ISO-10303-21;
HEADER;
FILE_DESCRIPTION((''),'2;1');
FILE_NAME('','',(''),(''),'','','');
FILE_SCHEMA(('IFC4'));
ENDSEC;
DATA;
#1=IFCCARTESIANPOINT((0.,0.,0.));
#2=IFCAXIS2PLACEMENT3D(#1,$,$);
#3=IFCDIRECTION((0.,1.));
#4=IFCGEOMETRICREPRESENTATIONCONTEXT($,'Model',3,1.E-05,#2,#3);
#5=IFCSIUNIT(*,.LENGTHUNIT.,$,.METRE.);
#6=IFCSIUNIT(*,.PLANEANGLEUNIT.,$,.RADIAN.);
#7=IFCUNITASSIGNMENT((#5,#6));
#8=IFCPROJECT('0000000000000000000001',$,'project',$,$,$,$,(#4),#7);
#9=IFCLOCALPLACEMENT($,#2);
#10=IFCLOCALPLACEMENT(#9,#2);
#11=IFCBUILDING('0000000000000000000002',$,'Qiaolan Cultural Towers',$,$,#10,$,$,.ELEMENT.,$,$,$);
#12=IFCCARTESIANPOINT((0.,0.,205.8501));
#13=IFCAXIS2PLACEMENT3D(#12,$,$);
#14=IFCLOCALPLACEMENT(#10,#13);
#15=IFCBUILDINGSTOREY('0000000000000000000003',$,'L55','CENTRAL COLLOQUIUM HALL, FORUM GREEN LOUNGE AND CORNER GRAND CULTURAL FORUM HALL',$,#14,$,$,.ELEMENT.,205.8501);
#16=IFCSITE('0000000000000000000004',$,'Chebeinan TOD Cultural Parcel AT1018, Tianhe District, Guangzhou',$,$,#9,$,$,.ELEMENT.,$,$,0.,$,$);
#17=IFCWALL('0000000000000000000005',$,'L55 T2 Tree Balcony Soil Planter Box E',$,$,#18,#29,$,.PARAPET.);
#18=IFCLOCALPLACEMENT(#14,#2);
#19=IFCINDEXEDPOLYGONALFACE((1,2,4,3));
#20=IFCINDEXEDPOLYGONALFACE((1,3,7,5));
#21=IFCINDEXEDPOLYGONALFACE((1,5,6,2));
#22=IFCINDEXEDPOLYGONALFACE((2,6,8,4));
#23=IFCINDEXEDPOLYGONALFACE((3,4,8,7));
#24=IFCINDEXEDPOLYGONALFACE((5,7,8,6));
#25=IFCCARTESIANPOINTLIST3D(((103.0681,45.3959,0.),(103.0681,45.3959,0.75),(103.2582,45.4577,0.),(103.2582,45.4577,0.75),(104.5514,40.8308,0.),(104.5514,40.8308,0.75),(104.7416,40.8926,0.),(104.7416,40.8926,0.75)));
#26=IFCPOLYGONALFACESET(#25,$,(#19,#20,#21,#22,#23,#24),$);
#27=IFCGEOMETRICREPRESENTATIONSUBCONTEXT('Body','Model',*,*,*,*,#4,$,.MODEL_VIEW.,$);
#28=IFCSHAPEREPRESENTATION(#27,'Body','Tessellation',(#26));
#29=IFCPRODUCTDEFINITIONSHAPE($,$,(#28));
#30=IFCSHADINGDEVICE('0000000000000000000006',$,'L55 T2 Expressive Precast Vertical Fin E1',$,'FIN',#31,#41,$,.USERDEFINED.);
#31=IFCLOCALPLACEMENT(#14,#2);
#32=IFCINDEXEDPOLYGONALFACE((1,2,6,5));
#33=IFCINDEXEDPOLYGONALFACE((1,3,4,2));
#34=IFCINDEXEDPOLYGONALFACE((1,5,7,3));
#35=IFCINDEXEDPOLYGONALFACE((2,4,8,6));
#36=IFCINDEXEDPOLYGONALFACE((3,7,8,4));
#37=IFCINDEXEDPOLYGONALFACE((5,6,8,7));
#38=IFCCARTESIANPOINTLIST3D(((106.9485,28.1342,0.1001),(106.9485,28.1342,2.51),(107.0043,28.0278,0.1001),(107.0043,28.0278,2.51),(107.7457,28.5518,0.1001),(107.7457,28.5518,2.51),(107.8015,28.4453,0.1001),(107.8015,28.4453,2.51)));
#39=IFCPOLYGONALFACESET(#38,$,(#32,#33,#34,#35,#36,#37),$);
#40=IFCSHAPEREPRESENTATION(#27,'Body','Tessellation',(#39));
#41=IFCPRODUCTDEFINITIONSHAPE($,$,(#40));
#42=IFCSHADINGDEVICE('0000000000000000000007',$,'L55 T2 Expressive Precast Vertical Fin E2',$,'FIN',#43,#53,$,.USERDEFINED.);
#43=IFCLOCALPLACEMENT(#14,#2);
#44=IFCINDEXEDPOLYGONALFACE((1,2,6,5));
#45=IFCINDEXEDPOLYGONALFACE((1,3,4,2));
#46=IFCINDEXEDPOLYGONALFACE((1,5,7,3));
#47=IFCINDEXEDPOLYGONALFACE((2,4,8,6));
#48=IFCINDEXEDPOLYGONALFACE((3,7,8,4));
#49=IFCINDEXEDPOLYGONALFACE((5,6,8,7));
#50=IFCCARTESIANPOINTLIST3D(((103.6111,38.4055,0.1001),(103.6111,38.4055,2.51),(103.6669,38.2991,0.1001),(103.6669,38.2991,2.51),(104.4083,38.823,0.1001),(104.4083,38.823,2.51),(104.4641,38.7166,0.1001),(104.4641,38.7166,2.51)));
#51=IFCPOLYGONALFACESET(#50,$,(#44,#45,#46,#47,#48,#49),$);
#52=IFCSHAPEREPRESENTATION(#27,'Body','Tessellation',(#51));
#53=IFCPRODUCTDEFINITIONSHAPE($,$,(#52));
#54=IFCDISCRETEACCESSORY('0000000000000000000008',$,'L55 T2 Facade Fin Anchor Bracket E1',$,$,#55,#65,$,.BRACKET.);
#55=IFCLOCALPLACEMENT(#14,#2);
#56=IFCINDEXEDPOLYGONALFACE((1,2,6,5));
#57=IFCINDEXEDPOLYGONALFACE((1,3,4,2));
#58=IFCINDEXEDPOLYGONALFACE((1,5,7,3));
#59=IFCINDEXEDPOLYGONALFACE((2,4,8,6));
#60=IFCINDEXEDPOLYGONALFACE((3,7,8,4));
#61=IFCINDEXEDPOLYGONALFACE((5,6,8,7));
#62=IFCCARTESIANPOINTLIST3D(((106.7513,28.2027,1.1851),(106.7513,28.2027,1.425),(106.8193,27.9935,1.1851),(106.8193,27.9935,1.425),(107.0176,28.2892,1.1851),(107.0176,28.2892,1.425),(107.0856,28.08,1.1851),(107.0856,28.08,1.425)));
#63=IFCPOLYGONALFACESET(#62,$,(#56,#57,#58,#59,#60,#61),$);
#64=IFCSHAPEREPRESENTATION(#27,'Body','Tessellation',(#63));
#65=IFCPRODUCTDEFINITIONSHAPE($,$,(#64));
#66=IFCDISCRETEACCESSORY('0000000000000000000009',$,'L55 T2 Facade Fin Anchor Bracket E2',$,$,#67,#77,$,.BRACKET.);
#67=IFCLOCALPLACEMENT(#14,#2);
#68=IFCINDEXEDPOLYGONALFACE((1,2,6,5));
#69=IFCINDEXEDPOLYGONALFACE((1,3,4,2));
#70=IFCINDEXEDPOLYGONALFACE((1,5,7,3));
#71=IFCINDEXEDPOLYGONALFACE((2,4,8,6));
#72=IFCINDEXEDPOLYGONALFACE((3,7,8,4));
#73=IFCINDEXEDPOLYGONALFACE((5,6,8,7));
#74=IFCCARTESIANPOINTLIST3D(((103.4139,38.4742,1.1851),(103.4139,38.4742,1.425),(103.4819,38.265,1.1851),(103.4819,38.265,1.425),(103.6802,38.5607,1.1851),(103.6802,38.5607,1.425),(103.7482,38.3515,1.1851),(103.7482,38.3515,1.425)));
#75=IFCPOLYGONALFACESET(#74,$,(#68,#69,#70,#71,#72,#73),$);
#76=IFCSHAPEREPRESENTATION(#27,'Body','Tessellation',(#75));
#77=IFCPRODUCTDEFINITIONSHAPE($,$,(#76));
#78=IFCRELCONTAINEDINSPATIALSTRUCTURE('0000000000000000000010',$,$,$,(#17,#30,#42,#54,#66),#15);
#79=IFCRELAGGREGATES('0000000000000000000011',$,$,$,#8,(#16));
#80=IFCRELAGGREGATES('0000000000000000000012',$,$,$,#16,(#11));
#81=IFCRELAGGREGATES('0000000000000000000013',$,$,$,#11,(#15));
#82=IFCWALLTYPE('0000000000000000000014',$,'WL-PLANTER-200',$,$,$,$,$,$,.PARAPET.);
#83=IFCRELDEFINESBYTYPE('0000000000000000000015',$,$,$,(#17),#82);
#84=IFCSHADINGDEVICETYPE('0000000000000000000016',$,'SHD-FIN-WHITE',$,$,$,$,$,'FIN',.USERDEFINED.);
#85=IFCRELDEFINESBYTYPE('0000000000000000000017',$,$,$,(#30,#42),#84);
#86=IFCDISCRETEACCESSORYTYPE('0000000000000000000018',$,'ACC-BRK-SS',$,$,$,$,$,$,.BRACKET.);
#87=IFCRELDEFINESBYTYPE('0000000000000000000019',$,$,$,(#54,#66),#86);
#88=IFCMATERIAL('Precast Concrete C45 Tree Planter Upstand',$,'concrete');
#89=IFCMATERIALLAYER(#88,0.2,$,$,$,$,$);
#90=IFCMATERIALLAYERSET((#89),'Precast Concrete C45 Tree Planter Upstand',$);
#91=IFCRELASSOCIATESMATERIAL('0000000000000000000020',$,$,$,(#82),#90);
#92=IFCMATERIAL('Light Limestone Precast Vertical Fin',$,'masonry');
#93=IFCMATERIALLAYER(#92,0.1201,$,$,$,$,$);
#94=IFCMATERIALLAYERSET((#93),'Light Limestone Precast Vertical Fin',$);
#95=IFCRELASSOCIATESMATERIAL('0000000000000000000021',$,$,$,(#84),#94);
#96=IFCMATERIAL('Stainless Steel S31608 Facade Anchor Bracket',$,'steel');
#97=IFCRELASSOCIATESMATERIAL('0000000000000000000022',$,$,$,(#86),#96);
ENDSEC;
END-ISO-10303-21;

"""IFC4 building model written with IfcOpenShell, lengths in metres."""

from ifc_helpers import new_model, si_unit, direction, frame, frame_2d, origin, origin_2d, place, context, subcontext, project, spatial, rectangle, extrude, material, layer, layer_set, type_object, element, save


model = new_model("IFC4")

# Units and contexts
model_context = context("Model", 3, precision=1e-05, world=origin(), true_north=direction((0.0, 1.0)))
body_context = subcontext(model_context, "Body", "Model", "MODEL_VIEW")
ifc_project = project(units=[si_unit("LENGTHUNIT", "METRE"), si_unit("PLANEANGLEUNIT", "RADIAN")], contexts=[model_context])

# Site, building, storey
site_placement = place(None, origin())
site = spatial("IfcSite", under=ifc_project, at=site_placement, Name="Chebeinan TOD Cultural Parcel AT1018, Tianhe District, Guangzhou", CompositionType="ELEMENT", RefElevation=0.0)
building_placement = place(site_placement, origin())
building = spatial("IfcBuilding", under=site, at=building_placement, Name="Qiaolan Cultural Towers", CompositionType="ELEMENT")
storey_placement = place(building_placement, frame((0.0, 0.0, 205.8501)))
storey = spatial("IfcBuildingStorey", under=building, at=storey_placement, Name="L55", Description="CENTRAL COLLOQUIUM HALL, FORUM GREEN LOUNGE AND CORNER GRAND CULTURAL FORUM HALL", CompositionType="ELEMENT", Elevation=205.8501)

# Wall
ifc_material_1 = material(Name="Precast Concrete C45 Tree Planter Upstand", Category="concrete")
ifc_layer_1 = layer(ifc_material_1, 0.2)
ifc_layer_set_1 = layer_set([ifc_layer_1], Name="Precast Concrete C45 Tree Planter Upstand")
wall_type_1 = type_object("IfcWallType", Name="WL-PLANTER-200", PredefinedType="PARAPET", material=ifc_layer_set_1)
wall_1_placement = place(storey_placement, frame((104.6465, 40.8618, 0.0), z_axis=(0.0, 0.0, 1.0), x_axis=(-0.309032, 0.951052, 0.0)))
element("IfcWall", 1, at=wall_1_placement, inside=storey, type_object=wall_type_1, Name="L55 T2 Tree Balcony Soil Planter Box E", PredefinedType="PARAPET", context=body_context, shape_type="SweptSolid", body=[
    extrude(rectangle(XDim=4.8, YDim=0.2, at=frame_2d((2.3999, 0.0))), origin(), (0.0, 0.0, 1.0), 0.75),
])

# Shading devices
ifc_material_2 = material(Name="Light Limestone Precast Vertical Fin", Category="masonry")
ifc_layer_2 = layer(ifc_material_2, 0.1201)
ifc_layer_set_2 = layer_set([ifc_layer_2], Name="Light Limestone Precast Vertical Fin")
shading_device_type = type_object("IfcShadingDeviceType", Name="SHD-FIN-WHITE", ElementType="FIN", PredefinedType="USERDEFINED", material=ifc_layer_set_2)
for number, where, z_axis, x_axis, name in (
    (2, (107.375, 28.2898, 0.1001), (0.0, 0.0, 1.0), (0.885865, 0.463943, 0.0), "L55 T2 Expressive Precast Vertical Fin E1"),
    (3, (104.0376, 38.561, 0.1001), (0.0, 0.0, 1.0), (0.885865, 0.463943, 0.0), "L55 T2 Expressive Precast Vertical Fin E2"),
):
    element("IfcShadingDevice", number, at=place(storey_placement, frame(where, z_axis=z_axis, x_axis=x_axis)), inside=storey, type_object=shading_device_type, Name=name, ObjectType="FIN", PredefinedType="USERDEFINED", context=body_context, shape_type="SweptSolid", body=[
        extrude(rectangle(XDim=0.8999, YDim=0.1201, at=origin_2d()), origin(), (0.0, 0.0, 1.0), 2.4099),
    ])

# Discrete accessories
ifc_material_3 = material(Name="Stainless Steel S31608 Facade Anchor Bracket", Category="steel")
discrete_accessory_type = type_object("IfcDiscreteAccessoryType", Name="ACC-BRK-SS", PredefinedType="BRACKET", material=ifc_material_3)
for number, where, z_axis, x_axis, name in (
    (4, (106.9185, 28.1414, 1.1851), (0.0, 0.0, 1.0), (0.951057, 0.309017, 0.0), "L55 T2 Facade Fin Anchor Bracket E1"),
    (5, (103.5811, 38.4128, 1.1851), (0.0, 0.0, 1.0), (0.951057, 0.309017, 0.0), "L55 T2 Facade Fin Anchor Bracket E2"),
):
    element("IfcDiscreteAccessory", number, at=place(storey_placement, frame(where, z_axis=z_axis, x_axis=x_axis)), inside=storey, type_object=discrete_accessory_type, Name=name, PredefinedType="BRACKET", context=body_context, shape_type="SweptSolid", body=[
        extrude(rectangle(XDim=0.28, YDim=0.22, at=origin_2d()), origin(), (0.0, 0.0, 1.0), 0.24),
    ])

save(model, "model.ifc")
